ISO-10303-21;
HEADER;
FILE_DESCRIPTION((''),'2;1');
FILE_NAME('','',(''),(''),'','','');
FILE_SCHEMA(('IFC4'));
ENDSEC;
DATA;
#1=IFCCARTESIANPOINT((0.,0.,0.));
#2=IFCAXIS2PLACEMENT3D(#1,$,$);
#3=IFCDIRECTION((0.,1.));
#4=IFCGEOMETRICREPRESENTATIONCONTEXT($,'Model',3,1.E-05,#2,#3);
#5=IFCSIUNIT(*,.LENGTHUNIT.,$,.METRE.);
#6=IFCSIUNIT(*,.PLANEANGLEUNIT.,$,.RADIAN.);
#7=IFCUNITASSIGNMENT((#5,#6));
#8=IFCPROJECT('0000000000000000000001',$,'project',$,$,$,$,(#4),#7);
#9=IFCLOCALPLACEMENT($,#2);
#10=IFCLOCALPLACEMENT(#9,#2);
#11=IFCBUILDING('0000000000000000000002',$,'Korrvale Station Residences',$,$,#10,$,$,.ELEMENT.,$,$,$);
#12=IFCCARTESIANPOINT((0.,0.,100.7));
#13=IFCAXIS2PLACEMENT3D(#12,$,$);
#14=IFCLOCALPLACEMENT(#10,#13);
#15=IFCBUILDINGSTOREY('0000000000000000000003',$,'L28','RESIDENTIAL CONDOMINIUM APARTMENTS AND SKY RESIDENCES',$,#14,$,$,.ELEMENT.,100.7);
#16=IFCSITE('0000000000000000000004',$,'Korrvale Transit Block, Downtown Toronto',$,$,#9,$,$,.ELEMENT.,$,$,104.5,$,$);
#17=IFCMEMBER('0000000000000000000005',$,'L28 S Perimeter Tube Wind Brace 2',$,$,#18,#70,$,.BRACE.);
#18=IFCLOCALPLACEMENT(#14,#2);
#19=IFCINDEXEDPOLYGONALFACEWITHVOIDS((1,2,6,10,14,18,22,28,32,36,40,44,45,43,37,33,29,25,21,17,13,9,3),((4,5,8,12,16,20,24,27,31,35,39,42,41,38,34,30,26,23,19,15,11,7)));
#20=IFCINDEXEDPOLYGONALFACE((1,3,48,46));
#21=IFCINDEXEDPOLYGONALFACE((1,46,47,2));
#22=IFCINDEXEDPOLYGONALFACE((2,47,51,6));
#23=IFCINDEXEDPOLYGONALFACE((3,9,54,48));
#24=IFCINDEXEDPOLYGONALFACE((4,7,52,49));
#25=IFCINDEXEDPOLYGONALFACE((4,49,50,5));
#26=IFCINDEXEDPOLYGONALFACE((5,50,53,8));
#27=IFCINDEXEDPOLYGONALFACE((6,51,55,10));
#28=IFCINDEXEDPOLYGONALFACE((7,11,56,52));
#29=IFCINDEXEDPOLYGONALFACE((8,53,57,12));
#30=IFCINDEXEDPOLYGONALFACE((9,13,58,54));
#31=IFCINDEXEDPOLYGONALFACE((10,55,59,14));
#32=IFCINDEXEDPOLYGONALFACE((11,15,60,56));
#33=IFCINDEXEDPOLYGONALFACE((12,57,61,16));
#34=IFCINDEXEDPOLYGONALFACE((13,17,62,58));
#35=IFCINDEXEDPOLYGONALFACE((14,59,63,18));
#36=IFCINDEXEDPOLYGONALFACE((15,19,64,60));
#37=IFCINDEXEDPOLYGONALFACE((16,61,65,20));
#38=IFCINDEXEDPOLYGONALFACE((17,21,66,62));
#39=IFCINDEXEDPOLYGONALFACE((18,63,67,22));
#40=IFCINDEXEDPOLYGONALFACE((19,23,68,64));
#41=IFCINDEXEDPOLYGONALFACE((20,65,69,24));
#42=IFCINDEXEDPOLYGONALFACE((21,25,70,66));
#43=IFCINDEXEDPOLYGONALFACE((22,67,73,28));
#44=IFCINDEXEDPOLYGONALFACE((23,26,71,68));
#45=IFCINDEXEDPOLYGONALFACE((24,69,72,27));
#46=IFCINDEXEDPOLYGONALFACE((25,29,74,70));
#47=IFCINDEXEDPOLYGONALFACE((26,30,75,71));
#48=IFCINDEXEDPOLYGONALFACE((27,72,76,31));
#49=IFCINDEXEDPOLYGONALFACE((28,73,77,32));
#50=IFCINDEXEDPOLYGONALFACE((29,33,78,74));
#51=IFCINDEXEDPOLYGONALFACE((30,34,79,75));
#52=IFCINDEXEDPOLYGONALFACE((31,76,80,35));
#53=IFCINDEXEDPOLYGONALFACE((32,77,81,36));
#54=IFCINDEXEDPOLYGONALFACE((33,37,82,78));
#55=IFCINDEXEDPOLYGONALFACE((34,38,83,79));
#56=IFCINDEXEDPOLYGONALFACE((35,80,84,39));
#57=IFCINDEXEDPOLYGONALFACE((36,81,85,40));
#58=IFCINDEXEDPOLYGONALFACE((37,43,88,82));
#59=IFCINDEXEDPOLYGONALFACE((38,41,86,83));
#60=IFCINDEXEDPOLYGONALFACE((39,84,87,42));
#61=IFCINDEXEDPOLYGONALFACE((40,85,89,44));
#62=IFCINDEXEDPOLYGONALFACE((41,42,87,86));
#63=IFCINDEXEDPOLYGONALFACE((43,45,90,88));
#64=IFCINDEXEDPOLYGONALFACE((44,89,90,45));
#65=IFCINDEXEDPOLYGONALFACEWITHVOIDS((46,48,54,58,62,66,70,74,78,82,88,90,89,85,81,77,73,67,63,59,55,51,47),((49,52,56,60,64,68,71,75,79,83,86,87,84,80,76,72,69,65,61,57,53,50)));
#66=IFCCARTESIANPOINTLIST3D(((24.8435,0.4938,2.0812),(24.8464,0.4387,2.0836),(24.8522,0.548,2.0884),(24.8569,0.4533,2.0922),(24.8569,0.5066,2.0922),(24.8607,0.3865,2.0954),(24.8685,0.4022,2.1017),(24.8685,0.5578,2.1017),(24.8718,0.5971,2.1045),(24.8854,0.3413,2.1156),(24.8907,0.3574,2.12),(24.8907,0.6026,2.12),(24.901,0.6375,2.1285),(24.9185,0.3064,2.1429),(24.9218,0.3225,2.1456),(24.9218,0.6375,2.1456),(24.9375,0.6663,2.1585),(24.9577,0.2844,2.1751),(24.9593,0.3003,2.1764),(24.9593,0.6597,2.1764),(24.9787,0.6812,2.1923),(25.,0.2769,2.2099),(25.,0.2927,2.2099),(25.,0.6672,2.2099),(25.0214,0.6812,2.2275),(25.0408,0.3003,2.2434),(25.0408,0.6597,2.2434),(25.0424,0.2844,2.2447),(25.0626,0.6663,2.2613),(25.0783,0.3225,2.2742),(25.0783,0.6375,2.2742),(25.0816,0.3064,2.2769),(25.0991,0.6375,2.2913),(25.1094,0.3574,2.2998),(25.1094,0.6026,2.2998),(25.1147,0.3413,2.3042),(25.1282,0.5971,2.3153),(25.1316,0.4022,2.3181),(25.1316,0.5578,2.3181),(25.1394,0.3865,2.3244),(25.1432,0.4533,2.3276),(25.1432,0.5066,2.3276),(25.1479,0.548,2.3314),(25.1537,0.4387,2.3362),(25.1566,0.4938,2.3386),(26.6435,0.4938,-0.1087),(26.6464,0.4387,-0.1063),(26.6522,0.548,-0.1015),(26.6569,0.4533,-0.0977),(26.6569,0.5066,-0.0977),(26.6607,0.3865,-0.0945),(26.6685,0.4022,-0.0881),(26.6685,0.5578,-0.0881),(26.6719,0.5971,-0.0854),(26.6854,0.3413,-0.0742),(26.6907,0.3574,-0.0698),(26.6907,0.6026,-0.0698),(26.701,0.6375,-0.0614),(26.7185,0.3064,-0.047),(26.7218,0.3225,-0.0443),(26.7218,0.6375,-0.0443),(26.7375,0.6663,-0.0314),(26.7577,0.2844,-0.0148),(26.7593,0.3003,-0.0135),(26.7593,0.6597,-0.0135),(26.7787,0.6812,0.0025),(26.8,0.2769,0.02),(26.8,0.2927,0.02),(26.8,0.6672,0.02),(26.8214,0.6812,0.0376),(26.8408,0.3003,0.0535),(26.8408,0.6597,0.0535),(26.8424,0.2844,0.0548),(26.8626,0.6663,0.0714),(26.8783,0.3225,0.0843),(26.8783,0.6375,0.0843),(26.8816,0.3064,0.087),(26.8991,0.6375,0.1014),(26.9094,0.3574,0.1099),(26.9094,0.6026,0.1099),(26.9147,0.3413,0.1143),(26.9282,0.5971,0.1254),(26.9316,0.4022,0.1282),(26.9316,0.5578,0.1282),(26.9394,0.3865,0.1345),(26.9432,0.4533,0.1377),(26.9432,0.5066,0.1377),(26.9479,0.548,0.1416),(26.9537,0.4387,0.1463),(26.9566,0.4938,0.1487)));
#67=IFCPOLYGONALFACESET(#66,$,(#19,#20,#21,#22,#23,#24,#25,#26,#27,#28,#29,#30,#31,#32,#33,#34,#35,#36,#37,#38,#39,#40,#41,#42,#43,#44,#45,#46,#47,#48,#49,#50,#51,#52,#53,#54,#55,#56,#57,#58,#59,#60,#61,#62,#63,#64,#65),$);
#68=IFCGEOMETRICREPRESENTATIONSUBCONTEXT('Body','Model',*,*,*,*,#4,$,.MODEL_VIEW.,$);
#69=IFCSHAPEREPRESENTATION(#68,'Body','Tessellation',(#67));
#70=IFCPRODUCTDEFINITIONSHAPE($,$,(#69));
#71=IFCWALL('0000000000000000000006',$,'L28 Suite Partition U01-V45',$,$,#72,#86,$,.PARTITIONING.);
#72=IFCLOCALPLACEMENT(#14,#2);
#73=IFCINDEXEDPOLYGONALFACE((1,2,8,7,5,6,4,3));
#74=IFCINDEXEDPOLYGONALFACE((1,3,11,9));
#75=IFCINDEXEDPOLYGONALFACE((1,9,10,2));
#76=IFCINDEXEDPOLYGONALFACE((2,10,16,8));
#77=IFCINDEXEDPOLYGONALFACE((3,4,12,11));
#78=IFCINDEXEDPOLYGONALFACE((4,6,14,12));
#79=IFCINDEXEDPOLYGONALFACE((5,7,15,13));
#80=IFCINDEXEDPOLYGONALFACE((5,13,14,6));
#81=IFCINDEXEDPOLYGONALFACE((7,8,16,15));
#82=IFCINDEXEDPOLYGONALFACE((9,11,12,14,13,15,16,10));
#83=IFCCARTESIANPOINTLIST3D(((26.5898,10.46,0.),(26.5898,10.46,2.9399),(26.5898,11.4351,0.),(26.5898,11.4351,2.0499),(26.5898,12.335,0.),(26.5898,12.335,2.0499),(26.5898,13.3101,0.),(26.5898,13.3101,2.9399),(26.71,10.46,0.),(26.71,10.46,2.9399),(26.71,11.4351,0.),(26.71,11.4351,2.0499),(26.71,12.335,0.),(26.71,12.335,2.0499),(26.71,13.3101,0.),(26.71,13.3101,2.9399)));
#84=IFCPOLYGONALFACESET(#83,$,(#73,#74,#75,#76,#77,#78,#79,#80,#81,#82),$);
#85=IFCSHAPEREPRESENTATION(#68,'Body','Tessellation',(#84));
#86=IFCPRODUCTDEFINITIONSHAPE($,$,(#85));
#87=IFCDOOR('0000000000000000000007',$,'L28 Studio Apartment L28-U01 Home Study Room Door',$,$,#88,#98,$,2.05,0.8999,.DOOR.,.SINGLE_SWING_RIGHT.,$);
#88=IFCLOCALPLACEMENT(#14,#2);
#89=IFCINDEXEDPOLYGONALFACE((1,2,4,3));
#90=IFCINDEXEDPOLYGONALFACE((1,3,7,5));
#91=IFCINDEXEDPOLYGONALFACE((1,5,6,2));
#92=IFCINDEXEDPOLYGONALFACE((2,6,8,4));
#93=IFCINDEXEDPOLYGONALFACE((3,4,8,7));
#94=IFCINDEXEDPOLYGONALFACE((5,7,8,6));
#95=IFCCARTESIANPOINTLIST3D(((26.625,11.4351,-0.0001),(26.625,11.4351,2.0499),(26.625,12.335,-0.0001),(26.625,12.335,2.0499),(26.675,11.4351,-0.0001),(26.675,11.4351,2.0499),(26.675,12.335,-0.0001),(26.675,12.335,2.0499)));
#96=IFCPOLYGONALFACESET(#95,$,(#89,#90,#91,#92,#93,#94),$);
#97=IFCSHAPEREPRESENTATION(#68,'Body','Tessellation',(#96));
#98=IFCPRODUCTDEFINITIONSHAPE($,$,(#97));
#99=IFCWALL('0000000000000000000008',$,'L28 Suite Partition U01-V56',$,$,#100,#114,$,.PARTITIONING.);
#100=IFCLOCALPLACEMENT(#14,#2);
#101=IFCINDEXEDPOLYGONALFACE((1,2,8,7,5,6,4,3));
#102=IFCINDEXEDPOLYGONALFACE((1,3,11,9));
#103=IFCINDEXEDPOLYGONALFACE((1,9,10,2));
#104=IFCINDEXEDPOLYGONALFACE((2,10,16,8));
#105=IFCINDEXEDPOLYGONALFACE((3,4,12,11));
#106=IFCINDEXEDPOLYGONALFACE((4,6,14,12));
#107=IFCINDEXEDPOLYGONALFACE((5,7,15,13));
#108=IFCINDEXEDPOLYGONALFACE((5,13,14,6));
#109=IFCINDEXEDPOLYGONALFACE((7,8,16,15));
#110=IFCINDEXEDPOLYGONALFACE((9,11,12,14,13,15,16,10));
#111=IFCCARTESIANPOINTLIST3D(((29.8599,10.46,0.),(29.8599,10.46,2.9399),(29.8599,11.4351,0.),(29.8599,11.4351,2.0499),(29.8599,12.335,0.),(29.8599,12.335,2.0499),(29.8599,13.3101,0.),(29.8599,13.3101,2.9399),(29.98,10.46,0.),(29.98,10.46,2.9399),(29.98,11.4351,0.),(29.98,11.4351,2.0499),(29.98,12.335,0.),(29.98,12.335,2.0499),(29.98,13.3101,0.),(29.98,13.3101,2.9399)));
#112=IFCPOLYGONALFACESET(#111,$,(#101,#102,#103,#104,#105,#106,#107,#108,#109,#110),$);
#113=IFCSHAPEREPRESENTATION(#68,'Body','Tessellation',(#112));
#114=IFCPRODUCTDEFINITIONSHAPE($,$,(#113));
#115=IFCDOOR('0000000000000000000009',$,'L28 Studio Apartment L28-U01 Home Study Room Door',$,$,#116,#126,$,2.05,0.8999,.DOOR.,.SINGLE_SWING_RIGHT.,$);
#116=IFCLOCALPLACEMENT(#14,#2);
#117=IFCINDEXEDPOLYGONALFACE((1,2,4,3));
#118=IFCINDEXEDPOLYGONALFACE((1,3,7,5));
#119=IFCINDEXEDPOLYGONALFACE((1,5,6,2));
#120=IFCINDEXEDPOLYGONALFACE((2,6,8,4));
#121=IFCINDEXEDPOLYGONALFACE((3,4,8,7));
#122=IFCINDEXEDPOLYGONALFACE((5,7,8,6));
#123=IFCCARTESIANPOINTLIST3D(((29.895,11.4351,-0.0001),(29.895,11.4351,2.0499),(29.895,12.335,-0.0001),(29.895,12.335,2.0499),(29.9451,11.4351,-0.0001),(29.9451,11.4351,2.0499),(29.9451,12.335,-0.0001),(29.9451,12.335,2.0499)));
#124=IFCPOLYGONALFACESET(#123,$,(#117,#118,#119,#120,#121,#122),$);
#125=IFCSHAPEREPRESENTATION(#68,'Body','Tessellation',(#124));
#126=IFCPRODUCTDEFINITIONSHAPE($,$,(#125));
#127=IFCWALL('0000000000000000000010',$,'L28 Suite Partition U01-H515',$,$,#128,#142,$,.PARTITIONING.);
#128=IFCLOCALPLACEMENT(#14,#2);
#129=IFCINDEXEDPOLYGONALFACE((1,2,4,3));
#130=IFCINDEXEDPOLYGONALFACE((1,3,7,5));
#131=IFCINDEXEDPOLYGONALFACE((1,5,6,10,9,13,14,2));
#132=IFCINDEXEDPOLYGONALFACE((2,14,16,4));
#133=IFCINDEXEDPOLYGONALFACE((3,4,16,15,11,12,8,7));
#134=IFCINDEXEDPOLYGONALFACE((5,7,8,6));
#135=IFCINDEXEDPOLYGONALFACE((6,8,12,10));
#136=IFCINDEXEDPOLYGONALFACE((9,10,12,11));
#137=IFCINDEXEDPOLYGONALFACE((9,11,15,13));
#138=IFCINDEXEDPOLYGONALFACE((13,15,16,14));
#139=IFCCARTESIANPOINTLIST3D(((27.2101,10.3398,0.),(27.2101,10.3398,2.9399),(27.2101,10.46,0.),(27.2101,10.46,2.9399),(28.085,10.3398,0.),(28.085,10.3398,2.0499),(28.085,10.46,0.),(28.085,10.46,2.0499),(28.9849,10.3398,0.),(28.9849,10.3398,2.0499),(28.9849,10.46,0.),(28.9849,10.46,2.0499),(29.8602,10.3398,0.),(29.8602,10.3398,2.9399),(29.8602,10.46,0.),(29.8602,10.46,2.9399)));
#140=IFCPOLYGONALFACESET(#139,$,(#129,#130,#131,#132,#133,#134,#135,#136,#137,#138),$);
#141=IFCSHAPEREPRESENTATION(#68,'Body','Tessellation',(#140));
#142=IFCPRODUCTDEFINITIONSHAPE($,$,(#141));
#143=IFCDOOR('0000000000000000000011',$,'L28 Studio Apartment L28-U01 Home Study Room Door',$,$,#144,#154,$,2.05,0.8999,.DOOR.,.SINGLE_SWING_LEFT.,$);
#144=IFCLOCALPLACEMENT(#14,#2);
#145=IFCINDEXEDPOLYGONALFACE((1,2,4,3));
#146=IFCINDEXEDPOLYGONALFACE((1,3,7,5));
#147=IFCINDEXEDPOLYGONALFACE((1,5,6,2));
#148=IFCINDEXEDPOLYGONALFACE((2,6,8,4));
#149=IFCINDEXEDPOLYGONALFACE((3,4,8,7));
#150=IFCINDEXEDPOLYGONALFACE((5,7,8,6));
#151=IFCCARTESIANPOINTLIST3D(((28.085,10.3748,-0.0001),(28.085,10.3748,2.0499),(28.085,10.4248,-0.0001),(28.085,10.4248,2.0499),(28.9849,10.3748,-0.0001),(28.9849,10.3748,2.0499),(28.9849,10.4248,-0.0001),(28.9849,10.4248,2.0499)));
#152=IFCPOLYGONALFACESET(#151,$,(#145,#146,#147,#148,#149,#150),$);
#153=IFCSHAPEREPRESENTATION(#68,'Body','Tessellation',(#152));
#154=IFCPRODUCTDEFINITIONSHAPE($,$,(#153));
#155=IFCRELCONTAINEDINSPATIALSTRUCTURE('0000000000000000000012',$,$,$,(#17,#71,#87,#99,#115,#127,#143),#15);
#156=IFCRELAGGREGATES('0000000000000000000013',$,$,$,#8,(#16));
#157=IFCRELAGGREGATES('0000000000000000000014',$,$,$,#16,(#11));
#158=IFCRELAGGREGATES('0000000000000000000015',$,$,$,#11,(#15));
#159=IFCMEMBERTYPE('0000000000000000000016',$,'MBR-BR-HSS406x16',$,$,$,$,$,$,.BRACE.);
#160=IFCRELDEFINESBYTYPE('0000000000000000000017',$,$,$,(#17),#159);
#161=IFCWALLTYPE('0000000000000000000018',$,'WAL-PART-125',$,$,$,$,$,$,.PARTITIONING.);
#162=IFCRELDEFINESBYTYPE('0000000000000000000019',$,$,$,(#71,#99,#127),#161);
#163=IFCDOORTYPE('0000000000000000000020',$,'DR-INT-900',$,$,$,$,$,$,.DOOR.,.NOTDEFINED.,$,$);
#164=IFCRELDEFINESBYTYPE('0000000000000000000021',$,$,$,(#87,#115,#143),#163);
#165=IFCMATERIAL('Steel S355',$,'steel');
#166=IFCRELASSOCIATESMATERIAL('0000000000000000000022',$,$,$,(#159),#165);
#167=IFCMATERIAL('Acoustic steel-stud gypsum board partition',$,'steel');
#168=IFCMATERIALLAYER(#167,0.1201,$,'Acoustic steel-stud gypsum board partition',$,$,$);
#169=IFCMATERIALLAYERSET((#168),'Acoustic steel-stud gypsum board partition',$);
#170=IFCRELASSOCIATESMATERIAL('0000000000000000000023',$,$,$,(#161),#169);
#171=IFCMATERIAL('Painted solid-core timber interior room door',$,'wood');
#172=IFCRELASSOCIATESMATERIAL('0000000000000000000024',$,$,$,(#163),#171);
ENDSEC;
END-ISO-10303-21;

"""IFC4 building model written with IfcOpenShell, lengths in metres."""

from ifc_helpers import new_model, si_unit, direction, frame, frame_2d, origin, origin_2d, place, context, subcontext, project, spatial, rectangle, hollow_circle, extrude, material, layer, layer_set, material_profile, profile_set, type_object, element, fill, save


model = new_model("IFC4")

# Units and contexts
model_context = context("Model", 3, precision=1e-05, world=origin(), true_north=direction((0.0, 1.0)))
body_context = subcontext(model_context, "Body", "Model", "MODEL_VIEW")
ifc_project = project(units=[si_unit("LENGTHUNIT", "METRE"), si_unit("PLANEANGLEUNIT", "RADIAN")], contexts=[model_context])

# Site, building, storey
site_placement = place(None, origin())
site = spatial("IfcSite", under=ifc_project, at=site_placement, Name="Korrvale Transit Block, Downtown Toronto", CompositionType="ELEMENT", RefElevation=104.5)
building_placement = place(site_placement, origin())
building = spatial("IfcBuilding", under=site, at=building_placement, Name="Korrvale Station Residences", CompositionType="ELEMENT")
storey_placement = place(building_placement, frame((0.0, 0.0, 100.7)))
storey = spatial("IfcBuildingStorey", under=building, at=storey_placement, Name="L28", Description="RESIDENTIAL CONDOMINIUM APARTMENTS AND SKY RESIDENCES", CompositionType="ELEMENT", Elevation=100.7)

# Shared definitions
ifc_material_1 = material(Name="Steel S355", Category="steel")

# Member
ifc_material_profile_1 = material_profile(ifc_material_1, hollow_circle(Radius=0.2031, WallThickness=0.0159, at=origin_2d()), Name="HSS406x16")
ifc_profile_set_1 = profile_set([ifc_material_profile_1], Name="Steel S355")
member_type = type_object("IfcMemberType", Name="MBR-BR-HSS406x16", PredefinedType="BRACE", material=ifc_profile_set_1)
member_placement = place(storey_placement, frame((26.8, 0.48, 0.02), z_axis=(-0.634985, 0.0, 0.772524), x_axis=(0.0, -1.0, 0.0)))
element("IfcMember", 1, at=member_placement, inside=storey, type_object=member_type, Name="L28 S Perimeter Tube Wind Brace 2", PredefinedType="BRACE", context=body_context, shape_type="SweptSolid", body=[
    extrude(hollow_circle(Radius=0.2031, WallThickness=0.0159, at=origin_2d()), origin(), (0.0, 0.0, 1.0), 2.8347),
])

# Walls, openings, doors
ifc_material_2 = material(Name="Acoustic steel-stud gypsum board partition", Category="steel")
ifc_layer_1 = layer(ifc_material_2, 0.1201, Name="Acoustic steel-stud gypsum board partition")
ifc_layer_set_1 = layer_set([ifc_layer_1], Name="Acoustic steel-stud gypsum board partition")
wall_type = type_object("IfcWallType", Name="WAL-PART-125", PredefinedType="PARTITIONING", material=ifc_layer_set_1)
wall_1_placement = place(storey_placement, frame((26.6499, 10.46, 0.0), z_axis=(0.0, 0.0, 1.0), x_axis=(0.0, 1.0, 0.0)))
wall_1 = element("IfcWall", 2, at=wall_1_placement, inside=storey, type_object=wall_type, Name="L28 Suite Partition U01-V45", PredefinedType="PARTITIONING", context=body_context, shape_type="SweptSolid", body=[
    extrude(rectangle(XDim=2.8501, YDim=0.1201, at=frame_2d((1.425, 0.0))), origin(), (0.0, 0.0, 1.0), 2.9399),
])
opening_1_placement = place(wall_1_placement, frame((0.9751, 0.0, 0.0)))
opening_1 = element("IfcOpeningElement", 3, at=opening_1_placement, cuts=wall_1, PredefinedType="OPENING", context=body_context, shape_type="SweptSolid", body=[
    extrude(rectangle(XDim=0.8999, YDim=2.05, at=frame_2d((0.45, 1.0249))), frame((0.0, 0.0701, 0.0), z_axis=(0.0, -1.0, 0.0), x_axis=(1.0, 0.0, 0.0)), (0.0, 0.0, 1.0), 0.1401),
])
ifc_material_3 = material(Name="Painted solid-core timber interior room door", Category="wood")
door_type = type_object("IfcDoorType", Name="DR-INT-900", OperationType="NOTDEFINED", PredefinedType="DOOR", material=ifc_material_3)
door_1_placement = place(opening_1_placement, origin())
door_1 = element("IfcDoor", 4, at=door_1_placement, inside=storey, type_object=door_type, Name="L28 Studio Apartment L28-U01 Home Study Room Door", OperationType="SINGLE_SWING_RIGHT", OverallHeight=2.05, OverallWidth=0.8999, PredefinedType="DOOR", context=body_context, shape_type="SweptSolid", body=[
    extrude(rectangle(XDim=0.8999, YDim=2.05, at=frame_2d((0.45, 1.0249))), frame((0.0, 0.0249, 0.0), z_axis=(0.0, -1.0, 0.0), x_axis=(1.0, 0.0, 0.0)), (0.0, 0.0, 1.0), 0.05),
])
fill(opening_1, door_1)
wall_2_placement = place(storey_placement, frame((29.9199, 10.46, 0.0), z_axis=(0.0, 0.0, 1.0), x_axis=(0.0, 1.0, 0.0)))
wall_2 = element("IfcWall", 5, at=wall_2_placement, inside=storey, type_object=wall_type, Name="L28 Suite Partition U01-V56", PredefinedType="PARTITIONING", context=body_context, shape_type="SweptSolid", body=[
    extrude(rectangle(XDim=2.8501, YDim=0.1201, at=frame_2d((1.425, 0.0))), origin(), (0.0, 0.0, 1.0), 2.9399),
])
opening_2_placement = place(wall_2_placement, frame((0.9751, 0.0, 0.0)))
opening_2 = element("IfcOpeningElement", 6, at=opening_2_placement, cuts=wall_2, PredefinedType="OPENING", context=body_context, shape_type="SweptSolid", body=[
    extrude(rectangle(XDim=0.8999, YDim=2.05, at=frame_2d((0.45, 1.0249))), frame((0.0, 0.0701, 0.0), z_axis=(0.0, -1.0, 0.0), x_axis=(1.0, 0.0, 0.0)), (0.0, 0.0, 1.0), 0.1401),
])
door_2_placement = place(opening_2_placement, origin())
door_2 = element("IfcDoor", 7, at=door_2_placement, inside=storey, type_object=door_type, Name="L28 Studio Apartment L28-U01 Home Study Room Door", OperationType="SINGLE_SWING_RIGHT", OverallHeight=2.05, OverallWidth=0.8999, PredefinedType="DOOR", context=body_context, shape_type="SweptSolid", body=[
    extrude(rectangle(XDim=0.8999, YDim=2.05, at=frame_2d((0.45, 1.0249))), frame((0.0, 0.0249, 0.0), z_axis=(0.0, -1.0, 0.0), x_axis=(1.0, 0.0, 0.0)), (0.0, 0.0, 1.0), 0.05),
])
fill(opening_2, door_2)
wall_3_placement = place(storey_placement, frame((27.21, 10.3999, 0.0), z_axis=(0.0, 0.0, 1.0), x_axis=(1.0, 0.0, 0.0)))
wall_3 = element("IfcWall", 8, at=wall_3_placement, inside=storey, type_object=wall_type, Name="L28 Suite Partition U01-H515", PredefinedType="PARTITIONING", context=body_context, shape_type="SweptSolid", body=[
    extrude(rectangle(XDim=2.6501, YDim=0.1201, at=frame_2d((1.3252, 0.0))), origin(), (0.0, 0.0, 1.0), 2.9399),
])
opening_3_placement = place(wall_3_placement, frame((0.875, 0.0, 0.0)))
opening_3 = element("IfcOpeningElement", 9, at=opening_3_placement, cuts=wall_3, PredefinedType="OPENING", context=body_context, shape_type="SweptSolid", body=[
    extrude(rectangle(XDim=0.8999, YDim=2.05, at=frame_2d((0.45, 1.0249))), frame((0.0, 0.0701, 0.0), z_axis=(0.0, -1.0, 0.0), x_axis=(1.0, 0.0, 0.0)), (0.0, 0.0, 1.0), 0.1401),
])
door_3_placement = place(opening_3_placement, origin())
door_3 = element("IfcDoor", 10, at=door_3_placement, inside=storey, type_object=door_type, Name="L28 Studio Apartment L28-U01 Home Study Room Door", OperationType="SINGLE_SWING_LEFT", OverallHeight=2.05, OverallWidth=0.8999, PredefinedType="DOOR", context=body_context, shape_type="SweptSolid", body=[
    extrude(rectangle(XDim=0.8999, YDim=2.05, at=frame_2d((0.45, 1.0249))), frame((0.0, 0.0249, 0.0), z_axis=(0.0, -1.0, 0.0), x_axis=(1.0, 0.0, 0.0)), (0.0, 0.0, 1.0), 0.05),
])
fill(opening_3, door_3)

save(model, "model.ifc")
